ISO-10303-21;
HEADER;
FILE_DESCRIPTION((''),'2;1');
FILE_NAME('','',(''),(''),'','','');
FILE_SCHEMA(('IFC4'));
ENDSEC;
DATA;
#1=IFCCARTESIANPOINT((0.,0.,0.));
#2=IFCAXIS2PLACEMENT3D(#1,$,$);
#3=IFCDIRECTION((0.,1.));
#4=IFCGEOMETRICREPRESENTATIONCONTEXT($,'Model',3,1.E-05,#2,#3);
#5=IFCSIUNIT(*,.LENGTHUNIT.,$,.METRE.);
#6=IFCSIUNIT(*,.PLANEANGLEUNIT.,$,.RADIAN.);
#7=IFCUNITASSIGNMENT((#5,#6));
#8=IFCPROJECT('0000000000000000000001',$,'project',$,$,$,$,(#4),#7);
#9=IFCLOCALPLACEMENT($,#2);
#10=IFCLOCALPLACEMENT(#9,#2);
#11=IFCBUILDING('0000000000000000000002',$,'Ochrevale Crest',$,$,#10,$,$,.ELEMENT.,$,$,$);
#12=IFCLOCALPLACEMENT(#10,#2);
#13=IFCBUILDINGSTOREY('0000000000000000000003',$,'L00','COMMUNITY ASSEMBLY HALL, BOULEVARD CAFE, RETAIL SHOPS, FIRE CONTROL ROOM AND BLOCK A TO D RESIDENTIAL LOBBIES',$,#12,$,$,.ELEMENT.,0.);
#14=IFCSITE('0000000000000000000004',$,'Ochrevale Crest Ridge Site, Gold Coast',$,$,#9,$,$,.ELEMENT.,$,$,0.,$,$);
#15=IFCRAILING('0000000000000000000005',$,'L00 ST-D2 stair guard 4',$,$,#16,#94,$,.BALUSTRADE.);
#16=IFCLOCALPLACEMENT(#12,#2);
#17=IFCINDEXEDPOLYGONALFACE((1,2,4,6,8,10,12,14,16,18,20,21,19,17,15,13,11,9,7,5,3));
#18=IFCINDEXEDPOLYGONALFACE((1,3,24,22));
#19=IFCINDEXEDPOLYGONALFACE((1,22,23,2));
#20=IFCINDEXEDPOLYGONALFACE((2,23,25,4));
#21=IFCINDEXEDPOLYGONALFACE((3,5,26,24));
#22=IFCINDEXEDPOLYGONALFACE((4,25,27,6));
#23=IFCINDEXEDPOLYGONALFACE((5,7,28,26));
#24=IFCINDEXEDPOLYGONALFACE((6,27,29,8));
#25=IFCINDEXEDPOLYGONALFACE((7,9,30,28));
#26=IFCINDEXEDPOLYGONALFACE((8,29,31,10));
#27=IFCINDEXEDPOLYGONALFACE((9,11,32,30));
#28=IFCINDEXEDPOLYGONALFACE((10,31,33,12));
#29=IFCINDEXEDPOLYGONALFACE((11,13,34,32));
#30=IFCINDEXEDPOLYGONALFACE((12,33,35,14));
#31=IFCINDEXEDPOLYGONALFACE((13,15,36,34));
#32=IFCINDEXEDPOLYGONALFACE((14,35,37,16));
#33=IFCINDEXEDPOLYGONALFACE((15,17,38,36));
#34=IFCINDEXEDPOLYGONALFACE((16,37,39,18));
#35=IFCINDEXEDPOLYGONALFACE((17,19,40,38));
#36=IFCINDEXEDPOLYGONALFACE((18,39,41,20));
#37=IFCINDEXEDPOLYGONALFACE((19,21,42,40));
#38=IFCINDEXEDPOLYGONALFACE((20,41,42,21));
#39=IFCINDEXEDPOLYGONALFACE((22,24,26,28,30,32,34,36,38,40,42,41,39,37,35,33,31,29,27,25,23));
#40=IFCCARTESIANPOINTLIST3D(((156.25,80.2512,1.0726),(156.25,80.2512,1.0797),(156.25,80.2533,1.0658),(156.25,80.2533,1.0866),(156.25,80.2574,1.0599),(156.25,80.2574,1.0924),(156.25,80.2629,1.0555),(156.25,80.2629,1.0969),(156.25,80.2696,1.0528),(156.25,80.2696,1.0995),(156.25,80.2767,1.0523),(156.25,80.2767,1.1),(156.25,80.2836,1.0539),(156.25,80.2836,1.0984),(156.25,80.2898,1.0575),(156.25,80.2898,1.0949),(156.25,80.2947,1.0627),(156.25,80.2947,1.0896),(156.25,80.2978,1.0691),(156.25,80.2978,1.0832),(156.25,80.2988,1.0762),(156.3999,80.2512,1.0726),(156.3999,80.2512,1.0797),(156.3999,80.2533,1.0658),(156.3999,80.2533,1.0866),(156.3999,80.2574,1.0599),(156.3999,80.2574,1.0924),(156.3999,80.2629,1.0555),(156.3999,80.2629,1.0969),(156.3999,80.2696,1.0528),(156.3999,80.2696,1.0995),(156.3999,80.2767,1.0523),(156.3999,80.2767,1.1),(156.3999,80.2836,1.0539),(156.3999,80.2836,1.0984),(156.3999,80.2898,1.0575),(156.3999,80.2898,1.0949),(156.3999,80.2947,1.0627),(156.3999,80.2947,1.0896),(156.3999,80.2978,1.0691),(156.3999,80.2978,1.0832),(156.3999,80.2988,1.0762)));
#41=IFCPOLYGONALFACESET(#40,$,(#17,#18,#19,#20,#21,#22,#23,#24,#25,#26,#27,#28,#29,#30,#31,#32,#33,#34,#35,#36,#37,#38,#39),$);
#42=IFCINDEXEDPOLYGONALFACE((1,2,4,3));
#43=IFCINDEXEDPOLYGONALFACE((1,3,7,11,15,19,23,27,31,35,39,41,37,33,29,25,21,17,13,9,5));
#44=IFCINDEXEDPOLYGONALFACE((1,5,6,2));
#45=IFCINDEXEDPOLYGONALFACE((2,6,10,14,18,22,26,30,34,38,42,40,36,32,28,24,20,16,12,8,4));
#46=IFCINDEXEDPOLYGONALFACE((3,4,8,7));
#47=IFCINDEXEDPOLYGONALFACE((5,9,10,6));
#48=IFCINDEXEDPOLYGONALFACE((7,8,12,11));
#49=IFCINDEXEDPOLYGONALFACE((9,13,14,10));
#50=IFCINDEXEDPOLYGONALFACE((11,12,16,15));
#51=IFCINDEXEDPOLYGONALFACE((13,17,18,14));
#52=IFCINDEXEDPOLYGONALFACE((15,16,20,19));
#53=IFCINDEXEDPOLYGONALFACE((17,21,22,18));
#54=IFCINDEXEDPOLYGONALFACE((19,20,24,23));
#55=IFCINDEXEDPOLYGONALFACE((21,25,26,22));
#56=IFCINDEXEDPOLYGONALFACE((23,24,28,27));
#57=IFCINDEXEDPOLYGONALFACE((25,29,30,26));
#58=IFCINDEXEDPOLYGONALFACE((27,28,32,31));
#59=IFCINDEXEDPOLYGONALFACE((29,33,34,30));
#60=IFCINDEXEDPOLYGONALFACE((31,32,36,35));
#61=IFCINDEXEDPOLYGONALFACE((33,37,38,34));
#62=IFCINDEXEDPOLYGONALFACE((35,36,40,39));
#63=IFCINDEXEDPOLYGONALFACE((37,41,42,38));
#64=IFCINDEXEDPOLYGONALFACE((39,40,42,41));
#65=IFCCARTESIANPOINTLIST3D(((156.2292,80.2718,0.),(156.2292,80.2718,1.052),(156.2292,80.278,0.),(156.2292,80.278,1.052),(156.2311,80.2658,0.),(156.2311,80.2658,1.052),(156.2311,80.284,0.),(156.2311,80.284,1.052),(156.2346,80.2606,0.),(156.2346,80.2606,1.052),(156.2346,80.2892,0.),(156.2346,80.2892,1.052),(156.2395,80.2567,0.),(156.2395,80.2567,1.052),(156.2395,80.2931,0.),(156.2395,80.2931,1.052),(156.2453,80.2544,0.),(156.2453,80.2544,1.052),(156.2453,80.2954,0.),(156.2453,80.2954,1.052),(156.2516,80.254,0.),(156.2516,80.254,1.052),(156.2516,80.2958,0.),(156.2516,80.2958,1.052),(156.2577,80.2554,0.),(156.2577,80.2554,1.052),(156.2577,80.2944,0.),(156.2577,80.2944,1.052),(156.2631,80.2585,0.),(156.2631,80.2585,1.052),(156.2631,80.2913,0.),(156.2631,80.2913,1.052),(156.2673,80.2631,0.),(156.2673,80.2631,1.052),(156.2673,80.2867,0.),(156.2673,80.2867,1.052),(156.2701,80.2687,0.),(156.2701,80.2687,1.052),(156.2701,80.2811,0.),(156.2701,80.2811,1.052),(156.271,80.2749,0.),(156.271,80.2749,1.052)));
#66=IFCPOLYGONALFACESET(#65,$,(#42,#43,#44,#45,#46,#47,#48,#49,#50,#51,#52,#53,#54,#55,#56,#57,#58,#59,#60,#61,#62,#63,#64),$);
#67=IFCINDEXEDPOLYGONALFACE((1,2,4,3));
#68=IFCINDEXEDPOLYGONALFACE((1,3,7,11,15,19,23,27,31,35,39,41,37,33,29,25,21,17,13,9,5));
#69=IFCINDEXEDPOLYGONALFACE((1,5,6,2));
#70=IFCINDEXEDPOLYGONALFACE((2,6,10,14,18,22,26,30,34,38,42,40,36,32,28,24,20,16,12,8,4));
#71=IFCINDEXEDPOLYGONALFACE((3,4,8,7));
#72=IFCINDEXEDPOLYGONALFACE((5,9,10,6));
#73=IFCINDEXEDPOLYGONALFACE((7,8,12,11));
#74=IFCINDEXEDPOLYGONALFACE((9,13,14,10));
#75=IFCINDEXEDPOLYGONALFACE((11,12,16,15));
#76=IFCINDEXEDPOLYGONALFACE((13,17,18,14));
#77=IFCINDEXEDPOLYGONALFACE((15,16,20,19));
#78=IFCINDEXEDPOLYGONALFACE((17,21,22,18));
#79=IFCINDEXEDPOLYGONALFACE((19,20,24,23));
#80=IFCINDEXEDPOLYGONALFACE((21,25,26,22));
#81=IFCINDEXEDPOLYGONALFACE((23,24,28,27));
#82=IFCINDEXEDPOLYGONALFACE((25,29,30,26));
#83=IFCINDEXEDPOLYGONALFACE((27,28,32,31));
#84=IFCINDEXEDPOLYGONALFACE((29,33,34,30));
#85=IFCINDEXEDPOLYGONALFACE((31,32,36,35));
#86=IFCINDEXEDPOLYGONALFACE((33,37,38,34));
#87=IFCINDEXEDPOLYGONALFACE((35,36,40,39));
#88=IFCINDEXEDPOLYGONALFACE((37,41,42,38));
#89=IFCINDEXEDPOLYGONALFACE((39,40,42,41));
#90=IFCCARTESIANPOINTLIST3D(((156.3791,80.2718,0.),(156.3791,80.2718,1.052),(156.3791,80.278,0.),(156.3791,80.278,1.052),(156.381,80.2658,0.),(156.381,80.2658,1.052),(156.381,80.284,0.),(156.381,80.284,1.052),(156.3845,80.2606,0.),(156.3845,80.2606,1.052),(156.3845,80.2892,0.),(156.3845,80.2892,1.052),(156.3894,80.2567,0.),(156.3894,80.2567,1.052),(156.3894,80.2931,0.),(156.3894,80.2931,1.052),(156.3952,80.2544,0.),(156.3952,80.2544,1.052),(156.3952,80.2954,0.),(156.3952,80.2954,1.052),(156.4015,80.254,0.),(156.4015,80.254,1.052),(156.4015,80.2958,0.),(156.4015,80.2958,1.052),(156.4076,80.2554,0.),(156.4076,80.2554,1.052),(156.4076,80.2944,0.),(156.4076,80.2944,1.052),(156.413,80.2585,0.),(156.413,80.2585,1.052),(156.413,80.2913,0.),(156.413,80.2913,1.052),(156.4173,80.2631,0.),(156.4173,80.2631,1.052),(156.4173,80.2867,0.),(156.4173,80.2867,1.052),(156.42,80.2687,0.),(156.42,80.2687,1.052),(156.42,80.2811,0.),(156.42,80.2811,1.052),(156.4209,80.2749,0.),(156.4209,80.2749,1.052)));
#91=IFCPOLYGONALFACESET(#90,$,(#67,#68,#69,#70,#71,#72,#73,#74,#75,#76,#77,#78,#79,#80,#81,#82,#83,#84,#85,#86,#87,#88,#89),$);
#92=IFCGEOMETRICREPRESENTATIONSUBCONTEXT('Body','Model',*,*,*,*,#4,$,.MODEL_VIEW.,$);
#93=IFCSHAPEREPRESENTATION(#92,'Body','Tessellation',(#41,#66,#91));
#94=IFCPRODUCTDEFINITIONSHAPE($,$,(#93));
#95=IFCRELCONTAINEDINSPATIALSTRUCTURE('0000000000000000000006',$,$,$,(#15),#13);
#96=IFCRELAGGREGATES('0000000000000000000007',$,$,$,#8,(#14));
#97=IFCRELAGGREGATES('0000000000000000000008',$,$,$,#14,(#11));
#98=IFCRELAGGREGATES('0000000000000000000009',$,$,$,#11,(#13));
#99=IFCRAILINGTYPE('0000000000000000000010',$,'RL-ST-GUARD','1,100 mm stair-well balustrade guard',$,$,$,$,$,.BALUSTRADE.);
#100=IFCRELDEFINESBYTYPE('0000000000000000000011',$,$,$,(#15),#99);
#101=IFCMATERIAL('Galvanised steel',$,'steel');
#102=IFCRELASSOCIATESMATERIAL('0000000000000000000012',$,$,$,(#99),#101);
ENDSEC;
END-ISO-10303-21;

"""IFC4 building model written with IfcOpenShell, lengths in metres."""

from ifc_helpers import new_model, si_unit, direction, frame, origin, origin_2d, place, context, subcontext, project, spatial, circle, extrude, material, type_object, element, save


model = new_model("IFC4")

# Units and contexts
model_context = context("Model", 3, precision=1e-05, world=origin(), true_north=direction((0.0, 1.0)))
body_context = subcontext(model_context, "Body", "Model", "MODEL_VIEW")
ifc_project = project(units=[si_unit("LENGTHUNIT", "METRE"), si_unit("PLANEANGLEUNIT", "RADIAN")], contexts=[model_context])

# Site, building, storey
site_placement = place(None, origin())
site = spatial("IfcSite", under=ifc_project, at=site_placement, Name="Ochrevale Crest Ridge Site, Gold Coast", CompositionType="ELEMENT", RefElevation=0.0)
building_placement = place(site_placement, origin())
building = spatial("IfcBuilding", under=site, at=building_placement, Name="Ochrevale Crest", CompositionType="ELEMENT")
storey_placement = place(building_placement, origin())
storey = spatial("IfcBuildingStorey", under=building, at=storey_placement, Name="L00", Description="COMMUNITY ASSEMBLY HALL, BOULEVARD CAFE, RETAIL SHOPS, FIRE CONTROL ROOM AND BLOCK A TO D RESIDENTIAL LOBBIES", CompositionType="ELEMENT", Elevation=0.0)

# Railing
ifc_material_1 = material(Name="Galvanised steel", Category="steel")
railing_type_1 = type_object("IfcRailingType", Name="RL-ST-GUARD", Description="1,100 mm stair-well balustrade guard", PredefinedType="BALUSTRADE", material=ifc_material_1)
railing_1_placement = place(storey_placement, frame((156.25, 80.2749, 0.0)))
element("IfcRailing", 1, at=railing_1_placement, inside=storey, type_object=railing_type_1, Name="L00 ST-D2 stair guard 4", PredefinedType="BALUSTRADE", context=body_context, shape_type="SweptSolid", body=[
    extrude(circle(Radius=0.0239, at=origin_2d()), frame((0.0, 0.0, 1.0762), z_axis=(1.0, 0.0, 0.0), x_axis=(0.0, 1.0, 0.0)), (0.0, 0.0, 1.0), 0.1499),
    extrude(circle(Radius=0.021, at=origin_2d()), origin(), (0.0, 0.0, 1.0), 1.052),
    extrude(circle(Radius=0.021, at=origin_2d()), frame((0.1499, 0.0, 0.0)), (0.0, 0.0, 1.0), 1.052),
])

save(model, "model.ifc")
